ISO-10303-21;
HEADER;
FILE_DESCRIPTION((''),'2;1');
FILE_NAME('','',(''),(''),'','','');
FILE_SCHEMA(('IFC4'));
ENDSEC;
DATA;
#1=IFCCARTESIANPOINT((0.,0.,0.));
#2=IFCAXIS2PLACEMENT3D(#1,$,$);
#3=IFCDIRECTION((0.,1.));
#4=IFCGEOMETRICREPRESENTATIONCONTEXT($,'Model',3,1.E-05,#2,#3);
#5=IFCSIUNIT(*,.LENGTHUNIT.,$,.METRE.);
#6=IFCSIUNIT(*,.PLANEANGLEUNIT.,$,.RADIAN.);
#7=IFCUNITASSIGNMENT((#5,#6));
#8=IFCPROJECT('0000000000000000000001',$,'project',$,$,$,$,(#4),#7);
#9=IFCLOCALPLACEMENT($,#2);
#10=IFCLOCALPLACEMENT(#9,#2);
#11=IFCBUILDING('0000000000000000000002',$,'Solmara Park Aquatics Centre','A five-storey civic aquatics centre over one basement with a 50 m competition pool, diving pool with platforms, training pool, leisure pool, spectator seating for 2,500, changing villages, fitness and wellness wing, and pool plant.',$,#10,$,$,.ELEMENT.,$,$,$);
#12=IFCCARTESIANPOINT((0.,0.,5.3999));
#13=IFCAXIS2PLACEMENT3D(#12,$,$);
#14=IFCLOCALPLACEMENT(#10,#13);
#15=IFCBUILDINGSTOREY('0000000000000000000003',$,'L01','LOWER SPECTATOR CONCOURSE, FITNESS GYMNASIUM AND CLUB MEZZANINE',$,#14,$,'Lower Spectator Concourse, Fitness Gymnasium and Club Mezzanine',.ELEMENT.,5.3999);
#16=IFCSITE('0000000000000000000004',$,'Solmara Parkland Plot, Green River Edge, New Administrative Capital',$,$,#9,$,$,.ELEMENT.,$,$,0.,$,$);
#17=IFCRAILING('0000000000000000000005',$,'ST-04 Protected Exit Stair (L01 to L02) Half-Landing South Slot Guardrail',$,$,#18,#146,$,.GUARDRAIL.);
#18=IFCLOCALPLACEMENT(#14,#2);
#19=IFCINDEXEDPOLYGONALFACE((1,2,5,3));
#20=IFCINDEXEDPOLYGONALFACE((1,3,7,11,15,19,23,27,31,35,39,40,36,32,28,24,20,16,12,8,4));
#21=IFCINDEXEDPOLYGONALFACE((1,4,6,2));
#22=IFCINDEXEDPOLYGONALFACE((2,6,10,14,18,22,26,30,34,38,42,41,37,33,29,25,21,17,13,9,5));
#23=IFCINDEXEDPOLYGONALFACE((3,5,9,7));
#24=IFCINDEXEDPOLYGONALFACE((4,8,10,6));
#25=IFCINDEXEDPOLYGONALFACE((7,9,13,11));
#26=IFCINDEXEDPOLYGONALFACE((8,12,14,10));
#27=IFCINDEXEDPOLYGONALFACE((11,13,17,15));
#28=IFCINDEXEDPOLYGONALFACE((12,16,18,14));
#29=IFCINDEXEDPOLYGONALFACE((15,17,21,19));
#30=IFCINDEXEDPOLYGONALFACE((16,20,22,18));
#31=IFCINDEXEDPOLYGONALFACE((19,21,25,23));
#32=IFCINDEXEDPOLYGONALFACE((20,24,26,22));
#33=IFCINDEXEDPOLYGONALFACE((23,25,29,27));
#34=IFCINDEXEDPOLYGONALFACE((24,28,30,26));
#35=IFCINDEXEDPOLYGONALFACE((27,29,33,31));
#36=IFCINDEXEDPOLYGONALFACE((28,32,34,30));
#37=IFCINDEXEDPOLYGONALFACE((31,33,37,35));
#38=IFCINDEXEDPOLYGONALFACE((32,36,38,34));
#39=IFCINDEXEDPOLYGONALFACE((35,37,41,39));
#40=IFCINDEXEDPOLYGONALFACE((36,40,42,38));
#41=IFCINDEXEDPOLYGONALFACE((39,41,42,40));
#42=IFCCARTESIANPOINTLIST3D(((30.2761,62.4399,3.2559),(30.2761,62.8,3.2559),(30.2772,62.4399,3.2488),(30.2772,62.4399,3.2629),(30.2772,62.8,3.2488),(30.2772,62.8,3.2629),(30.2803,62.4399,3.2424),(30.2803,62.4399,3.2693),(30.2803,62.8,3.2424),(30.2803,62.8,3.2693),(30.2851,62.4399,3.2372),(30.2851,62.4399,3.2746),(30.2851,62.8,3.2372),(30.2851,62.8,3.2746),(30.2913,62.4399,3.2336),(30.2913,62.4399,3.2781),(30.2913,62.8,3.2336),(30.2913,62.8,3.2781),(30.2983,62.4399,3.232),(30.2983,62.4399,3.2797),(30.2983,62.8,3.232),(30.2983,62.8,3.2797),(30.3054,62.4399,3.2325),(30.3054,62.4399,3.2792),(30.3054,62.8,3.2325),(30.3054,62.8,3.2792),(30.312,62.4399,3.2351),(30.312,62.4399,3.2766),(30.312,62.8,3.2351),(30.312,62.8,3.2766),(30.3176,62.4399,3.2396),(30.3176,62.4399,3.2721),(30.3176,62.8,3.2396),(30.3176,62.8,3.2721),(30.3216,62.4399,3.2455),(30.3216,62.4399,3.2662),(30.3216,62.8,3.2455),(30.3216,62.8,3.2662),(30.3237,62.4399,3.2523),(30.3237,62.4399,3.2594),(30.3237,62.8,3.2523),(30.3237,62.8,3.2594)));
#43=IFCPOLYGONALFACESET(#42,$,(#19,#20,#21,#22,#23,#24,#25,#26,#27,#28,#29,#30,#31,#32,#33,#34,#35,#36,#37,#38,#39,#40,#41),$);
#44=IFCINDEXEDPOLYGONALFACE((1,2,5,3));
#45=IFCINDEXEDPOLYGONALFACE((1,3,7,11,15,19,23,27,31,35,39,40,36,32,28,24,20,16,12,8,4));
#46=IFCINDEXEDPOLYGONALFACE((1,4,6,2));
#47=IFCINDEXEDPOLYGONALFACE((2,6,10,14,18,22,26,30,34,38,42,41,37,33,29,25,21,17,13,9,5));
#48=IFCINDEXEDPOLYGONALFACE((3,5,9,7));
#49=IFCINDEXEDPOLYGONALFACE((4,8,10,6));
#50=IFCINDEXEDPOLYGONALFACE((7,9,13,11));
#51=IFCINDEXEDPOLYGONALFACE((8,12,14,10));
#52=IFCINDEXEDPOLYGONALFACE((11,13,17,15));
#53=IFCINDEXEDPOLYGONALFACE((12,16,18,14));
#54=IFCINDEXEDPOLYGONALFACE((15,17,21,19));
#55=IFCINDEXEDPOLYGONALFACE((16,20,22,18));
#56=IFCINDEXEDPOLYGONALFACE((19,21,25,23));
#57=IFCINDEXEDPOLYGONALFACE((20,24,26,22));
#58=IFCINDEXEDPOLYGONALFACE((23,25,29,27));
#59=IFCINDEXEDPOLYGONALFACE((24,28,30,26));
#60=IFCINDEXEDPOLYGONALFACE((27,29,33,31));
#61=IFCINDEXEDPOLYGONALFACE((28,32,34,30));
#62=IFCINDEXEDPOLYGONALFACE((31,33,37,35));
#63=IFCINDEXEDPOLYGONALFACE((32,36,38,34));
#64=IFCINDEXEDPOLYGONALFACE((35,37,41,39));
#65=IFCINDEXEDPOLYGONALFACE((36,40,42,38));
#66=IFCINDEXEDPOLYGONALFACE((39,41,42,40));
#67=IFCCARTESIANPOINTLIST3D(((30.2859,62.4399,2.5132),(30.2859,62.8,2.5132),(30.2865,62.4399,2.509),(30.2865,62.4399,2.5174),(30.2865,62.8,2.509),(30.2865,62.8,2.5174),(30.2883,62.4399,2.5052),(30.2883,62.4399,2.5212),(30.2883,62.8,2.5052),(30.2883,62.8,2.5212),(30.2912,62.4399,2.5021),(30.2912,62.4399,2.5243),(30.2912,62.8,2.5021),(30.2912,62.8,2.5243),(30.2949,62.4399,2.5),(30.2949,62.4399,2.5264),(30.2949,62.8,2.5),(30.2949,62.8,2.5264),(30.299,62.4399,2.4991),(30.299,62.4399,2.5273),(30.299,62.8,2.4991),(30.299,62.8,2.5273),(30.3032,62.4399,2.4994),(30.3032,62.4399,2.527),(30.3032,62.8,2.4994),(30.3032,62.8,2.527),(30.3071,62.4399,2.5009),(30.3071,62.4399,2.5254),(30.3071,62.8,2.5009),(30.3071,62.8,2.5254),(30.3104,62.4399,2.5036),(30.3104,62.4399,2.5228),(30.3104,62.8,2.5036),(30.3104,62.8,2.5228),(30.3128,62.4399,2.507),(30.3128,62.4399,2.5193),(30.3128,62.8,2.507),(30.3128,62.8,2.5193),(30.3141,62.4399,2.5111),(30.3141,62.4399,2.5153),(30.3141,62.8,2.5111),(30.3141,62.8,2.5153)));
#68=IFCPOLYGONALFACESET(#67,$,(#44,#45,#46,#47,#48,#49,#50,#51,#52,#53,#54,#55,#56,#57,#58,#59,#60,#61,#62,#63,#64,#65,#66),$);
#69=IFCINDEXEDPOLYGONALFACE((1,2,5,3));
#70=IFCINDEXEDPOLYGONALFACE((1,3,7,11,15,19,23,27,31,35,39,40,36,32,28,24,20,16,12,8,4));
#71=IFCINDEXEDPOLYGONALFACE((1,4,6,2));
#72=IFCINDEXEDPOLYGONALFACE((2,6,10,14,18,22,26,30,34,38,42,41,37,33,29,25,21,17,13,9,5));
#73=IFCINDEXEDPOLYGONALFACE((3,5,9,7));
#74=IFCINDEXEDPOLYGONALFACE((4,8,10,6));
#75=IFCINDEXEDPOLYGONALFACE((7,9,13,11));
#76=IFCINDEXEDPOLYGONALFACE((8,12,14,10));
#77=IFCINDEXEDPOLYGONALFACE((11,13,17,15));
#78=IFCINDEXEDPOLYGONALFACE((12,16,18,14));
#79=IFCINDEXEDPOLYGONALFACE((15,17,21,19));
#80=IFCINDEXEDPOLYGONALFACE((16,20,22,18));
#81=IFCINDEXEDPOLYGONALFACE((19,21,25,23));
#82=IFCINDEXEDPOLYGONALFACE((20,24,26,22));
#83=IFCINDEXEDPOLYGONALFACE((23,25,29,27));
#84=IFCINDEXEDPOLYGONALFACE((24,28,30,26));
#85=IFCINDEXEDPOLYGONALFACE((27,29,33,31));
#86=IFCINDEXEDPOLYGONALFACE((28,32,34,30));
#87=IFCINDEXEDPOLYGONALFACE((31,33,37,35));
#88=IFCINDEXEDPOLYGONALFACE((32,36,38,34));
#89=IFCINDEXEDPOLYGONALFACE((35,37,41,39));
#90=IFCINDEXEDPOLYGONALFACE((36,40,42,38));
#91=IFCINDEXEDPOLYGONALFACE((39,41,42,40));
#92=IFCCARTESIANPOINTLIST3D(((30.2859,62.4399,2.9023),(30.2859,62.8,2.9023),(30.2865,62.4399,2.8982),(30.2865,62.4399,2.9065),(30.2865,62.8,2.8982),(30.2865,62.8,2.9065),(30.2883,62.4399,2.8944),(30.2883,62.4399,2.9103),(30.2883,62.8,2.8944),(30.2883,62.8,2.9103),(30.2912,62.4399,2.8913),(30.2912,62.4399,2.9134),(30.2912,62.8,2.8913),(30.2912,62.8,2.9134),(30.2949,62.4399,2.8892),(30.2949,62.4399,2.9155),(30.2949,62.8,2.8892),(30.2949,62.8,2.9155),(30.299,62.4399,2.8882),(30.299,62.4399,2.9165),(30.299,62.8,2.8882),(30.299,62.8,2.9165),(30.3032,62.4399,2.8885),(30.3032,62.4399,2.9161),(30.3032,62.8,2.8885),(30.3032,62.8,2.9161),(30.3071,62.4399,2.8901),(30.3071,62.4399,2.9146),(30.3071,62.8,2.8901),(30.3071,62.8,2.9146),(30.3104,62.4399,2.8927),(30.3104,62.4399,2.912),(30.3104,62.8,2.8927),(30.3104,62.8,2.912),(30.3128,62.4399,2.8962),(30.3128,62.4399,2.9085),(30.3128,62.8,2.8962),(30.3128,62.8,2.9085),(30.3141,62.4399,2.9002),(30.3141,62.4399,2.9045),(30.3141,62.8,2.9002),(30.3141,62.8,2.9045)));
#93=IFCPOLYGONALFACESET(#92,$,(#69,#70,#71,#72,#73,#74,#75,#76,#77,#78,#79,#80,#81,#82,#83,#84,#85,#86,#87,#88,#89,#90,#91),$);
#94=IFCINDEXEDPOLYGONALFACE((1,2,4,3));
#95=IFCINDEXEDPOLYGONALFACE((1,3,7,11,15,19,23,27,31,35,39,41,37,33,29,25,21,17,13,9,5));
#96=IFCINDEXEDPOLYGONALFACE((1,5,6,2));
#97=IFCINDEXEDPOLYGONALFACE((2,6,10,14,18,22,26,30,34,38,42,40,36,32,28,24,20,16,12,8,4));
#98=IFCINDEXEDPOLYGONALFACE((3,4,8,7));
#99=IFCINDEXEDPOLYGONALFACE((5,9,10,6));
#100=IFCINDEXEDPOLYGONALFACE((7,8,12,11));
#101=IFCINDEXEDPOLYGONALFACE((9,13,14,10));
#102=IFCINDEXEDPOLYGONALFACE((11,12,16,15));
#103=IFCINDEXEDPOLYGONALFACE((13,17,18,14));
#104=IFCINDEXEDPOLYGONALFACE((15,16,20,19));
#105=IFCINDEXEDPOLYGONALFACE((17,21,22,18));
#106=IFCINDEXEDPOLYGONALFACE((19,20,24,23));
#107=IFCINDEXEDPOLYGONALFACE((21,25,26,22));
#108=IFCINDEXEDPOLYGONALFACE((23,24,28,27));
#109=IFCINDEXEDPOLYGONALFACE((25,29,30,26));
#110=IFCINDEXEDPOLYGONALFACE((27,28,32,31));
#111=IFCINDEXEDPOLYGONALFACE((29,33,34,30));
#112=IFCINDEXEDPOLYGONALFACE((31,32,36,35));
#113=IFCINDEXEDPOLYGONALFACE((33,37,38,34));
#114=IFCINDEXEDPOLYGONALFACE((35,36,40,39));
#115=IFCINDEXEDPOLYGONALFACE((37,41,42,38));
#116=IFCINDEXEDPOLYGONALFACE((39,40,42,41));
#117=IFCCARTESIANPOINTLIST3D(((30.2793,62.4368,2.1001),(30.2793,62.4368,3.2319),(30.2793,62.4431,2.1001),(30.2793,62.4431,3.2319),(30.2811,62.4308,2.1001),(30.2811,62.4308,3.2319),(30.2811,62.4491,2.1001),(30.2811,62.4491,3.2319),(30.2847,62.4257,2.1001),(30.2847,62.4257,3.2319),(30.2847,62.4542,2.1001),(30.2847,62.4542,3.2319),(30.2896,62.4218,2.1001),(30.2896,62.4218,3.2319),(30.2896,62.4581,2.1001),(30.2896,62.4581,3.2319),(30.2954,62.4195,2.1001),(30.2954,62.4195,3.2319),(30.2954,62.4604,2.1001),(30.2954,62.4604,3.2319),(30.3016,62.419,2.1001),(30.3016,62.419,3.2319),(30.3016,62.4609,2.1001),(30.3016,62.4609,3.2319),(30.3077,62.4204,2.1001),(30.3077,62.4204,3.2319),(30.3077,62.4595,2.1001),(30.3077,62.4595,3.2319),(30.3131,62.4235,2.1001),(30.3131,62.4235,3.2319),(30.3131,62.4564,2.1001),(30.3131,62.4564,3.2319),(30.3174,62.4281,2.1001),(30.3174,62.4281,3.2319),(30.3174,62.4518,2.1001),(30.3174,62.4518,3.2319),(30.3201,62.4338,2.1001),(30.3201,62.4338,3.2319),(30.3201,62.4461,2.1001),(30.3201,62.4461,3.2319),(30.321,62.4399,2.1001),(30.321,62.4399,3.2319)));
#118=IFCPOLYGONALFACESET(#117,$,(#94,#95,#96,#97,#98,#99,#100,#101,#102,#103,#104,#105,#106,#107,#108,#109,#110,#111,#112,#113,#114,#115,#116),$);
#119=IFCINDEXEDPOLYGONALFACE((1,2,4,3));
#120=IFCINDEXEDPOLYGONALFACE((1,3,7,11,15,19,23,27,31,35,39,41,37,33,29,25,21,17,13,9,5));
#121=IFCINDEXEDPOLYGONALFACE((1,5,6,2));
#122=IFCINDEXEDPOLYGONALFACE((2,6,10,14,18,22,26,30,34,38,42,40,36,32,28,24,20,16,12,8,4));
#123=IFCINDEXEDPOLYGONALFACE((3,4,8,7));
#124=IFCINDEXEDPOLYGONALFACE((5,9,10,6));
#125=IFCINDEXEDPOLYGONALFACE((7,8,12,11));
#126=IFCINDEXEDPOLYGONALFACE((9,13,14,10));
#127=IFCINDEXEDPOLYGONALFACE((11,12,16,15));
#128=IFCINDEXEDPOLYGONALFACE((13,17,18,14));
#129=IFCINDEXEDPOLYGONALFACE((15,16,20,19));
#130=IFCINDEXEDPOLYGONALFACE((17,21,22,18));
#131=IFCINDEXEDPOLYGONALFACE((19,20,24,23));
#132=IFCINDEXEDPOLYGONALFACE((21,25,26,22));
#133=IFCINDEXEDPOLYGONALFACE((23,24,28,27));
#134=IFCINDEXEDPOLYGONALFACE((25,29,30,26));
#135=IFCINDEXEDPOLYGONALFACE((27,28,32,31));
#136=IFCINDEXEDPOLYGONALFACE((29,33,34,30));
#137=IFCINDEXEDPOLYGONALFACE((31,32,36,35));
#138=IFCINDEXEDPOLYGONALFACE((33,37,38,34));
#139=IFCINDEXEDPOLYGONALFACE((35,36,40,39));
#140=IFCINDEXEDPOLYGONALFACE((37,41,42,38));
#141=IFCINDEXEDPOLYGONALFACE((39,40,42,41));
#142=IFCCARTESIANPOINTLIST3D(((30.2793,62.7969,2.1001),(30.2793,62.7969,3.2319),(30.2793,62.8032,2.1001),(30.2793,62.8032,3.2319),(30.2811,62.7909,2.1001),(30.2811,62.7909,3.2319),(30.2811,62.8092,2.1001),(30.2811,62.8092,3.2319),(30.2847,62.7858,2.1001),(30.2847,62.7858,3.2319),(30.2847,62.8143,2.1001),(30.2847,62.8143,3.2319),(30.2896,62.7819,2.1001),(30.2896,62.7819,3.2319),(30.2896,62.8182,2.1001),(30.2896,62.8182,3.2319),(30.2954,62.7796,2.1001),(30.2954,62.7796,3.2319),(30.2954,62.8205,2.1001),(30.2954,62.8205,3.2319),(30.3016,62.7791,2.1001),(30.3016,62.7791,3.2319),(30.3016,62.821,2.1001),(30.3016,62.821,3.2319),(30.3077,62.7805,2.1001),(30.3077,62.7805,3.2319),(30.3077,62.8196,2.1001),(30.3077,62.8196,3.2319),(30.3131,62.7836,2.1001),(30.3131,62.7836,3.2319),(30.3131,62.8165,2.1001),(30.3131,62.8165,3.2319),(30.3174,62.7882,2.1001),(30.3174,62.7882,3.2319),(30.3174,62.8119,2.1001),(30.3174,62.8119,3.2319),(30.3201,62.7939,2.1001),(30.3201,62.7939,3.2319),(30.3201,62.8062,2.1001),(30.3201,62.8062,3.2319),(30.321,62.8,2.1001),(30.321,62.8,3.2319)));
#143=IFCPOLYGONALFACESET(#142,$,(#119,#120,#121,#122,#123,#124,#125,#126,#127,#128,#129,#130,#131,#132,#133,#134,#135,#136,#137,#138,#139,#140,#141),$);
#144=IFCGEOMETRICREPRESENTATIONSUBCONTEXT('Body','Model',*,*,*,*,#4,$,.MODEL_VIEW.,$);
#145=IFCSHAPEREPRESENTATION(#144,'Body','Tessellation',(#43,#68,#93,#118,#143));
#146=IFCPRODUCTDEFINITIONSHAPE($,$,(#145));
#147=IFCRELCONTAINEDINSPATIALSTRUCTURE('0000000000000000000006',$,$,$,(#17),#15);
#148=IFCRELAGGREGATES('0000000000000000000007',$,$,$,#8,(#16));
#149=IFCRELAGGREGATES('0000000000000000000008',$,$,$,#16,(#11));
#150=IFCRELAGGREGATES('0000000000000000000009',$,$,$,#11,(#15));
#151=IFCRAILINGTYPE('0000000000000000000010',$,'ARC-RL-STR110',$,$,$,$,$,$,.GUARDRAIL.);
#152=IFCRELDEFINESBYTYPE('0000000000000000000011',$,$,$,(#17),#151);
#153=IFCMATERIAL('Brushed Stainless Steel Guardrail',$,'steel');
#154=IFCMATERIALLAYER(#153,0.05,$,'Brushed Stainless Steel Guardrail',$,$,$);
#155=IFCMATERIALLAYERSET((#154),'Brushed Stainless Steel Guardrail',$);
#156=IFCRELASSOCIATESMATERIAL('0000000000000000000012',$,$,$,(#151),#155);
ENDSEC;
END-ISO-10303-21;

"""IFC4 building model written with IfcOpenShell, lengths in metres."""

from ifc_helpers import new_model, si_unit, direction, frame, origin, origin_2d, place, context, subcontext, project, spatial, circle, extrude, material, layer, layer_set, type_object, element, save


model = new_model("IFC4")

# Units and contexts
model_context = context("Model", 3, precision=1e-05, world=origin(), true_north=direction((0.0, 1.0)))
body_context = subcontext(model_context, "Body", "Model", "MODEL_VIEW")
ifc_project = project(units=[si_unit("LENGTHUNIT", "METRE"), si_unit("PLANEANGLEUNIT", "RADIAN")], contexts=[model_context])

# Site, building, storey
site_placement = place(None, origin())
site = spatial("IfcSite", under=ifc_project, at=site_placement, Name="Solmara Parkland Plot, Green River Edge, New Administrative Capital", CompositionType="ELEMENT", RefElevation=0.0)
building_placement = place(site_placement, origin())
building = spatial("IfcBuilding", under=site, at=building_placement, Name="Solmara Park Aquatics Centre", Description="A five-storey civic aquatics centre over one basement with a 50 m competition pool, diving pool with platforms, training pool, leisure pool, spectator seating for 2,500, changing villages, fitness and wellness wing, and pool plant.", CompositionType="ELEMENT")
storey_placement = place(building_placement, frame((0.0, 0.0, 5.3999)))
storey = spatial("IfcBuildingStorey", under=building, at=storey_placement, Name="L01", Description="LOWER SPECTATOR CONCOURSE, FITNESS GYMNASIUM AND CLUB MEZZANINE", LongName="Lower Spectator Concourse, Fitness Gymnasium and Club Mezzanine", CompositionType="ELEMENT", Elevation=5.3999)

# Railing
ifc_material_1 = material(Name="Brushed Stainless Steel Guardrail", Category="steel")
ifc_layer_1 = layer(ifc_material_1, 0.05, Name="Brushed Stainless Steel Guardrail")
ifc_layer_set_1 = layer_set([ifc_layer_1], Name="Brushed Stainless Steel Guardrail")
railing_type_1 = type_object("IfcRailingType", Name="ARC-RL-STR110", PredefinedType="GUARDRAIL", material=ifc_layer_set_1)
railing_1_placement = place(storey_placement, frame((30.3, 62.4399, 2.1001)))
element("IfcRailing", 1, at=railing_1_placement, inside=storey, type_object=railing_type_1, Name="ST-04 Protected Exit Stair (L01 to L02) Half-Landing South Slot Guardrail", PredefinedType="GUARDRAIL", context=body_context, shape_type="SweptSolid", body=[
    extrude(circle(Radius=0.0239, at=origin_2d()), frame((0.0, 0.0, 1.1558), z_axis=(0.0, 1.0, 0.0), x_axis=(-1.0, 0.0, 0.0)), (0.0, 0.0, 1.0), 0.3601),
    extrude(circle(Radius=0.0142, at=origin_2d()), frame((0.0, 0.0, 0.4131), z_axis=(0.0, 1.0, 0.0), x_axis=(-1.0, 0.0, 0.0)), (0.0, 0.0, 1.0), 0.3601),
    extrude(circle(Radius=0.0142, at=origin_2d()), frame((0.0, 0.0, 0.8022), z_axis=(0.0, 1.0, 0.0), x_axis=(-1.0, 0.0, 0.0)), (0.0, 0.0, 1.0), 0.3601),
    extrude(circle(Radius=0.021, at=origin_2d()), origin(), (0.0, 0.0, 1.0), 1.1318),
    extrude(circle(Radius=0.021, at=origin_2d()), frame((0.0, 0.3601, 0.0)), (0.0, 0.0, 1.0), 1.1318),
])

save(model, "model.ifc")
